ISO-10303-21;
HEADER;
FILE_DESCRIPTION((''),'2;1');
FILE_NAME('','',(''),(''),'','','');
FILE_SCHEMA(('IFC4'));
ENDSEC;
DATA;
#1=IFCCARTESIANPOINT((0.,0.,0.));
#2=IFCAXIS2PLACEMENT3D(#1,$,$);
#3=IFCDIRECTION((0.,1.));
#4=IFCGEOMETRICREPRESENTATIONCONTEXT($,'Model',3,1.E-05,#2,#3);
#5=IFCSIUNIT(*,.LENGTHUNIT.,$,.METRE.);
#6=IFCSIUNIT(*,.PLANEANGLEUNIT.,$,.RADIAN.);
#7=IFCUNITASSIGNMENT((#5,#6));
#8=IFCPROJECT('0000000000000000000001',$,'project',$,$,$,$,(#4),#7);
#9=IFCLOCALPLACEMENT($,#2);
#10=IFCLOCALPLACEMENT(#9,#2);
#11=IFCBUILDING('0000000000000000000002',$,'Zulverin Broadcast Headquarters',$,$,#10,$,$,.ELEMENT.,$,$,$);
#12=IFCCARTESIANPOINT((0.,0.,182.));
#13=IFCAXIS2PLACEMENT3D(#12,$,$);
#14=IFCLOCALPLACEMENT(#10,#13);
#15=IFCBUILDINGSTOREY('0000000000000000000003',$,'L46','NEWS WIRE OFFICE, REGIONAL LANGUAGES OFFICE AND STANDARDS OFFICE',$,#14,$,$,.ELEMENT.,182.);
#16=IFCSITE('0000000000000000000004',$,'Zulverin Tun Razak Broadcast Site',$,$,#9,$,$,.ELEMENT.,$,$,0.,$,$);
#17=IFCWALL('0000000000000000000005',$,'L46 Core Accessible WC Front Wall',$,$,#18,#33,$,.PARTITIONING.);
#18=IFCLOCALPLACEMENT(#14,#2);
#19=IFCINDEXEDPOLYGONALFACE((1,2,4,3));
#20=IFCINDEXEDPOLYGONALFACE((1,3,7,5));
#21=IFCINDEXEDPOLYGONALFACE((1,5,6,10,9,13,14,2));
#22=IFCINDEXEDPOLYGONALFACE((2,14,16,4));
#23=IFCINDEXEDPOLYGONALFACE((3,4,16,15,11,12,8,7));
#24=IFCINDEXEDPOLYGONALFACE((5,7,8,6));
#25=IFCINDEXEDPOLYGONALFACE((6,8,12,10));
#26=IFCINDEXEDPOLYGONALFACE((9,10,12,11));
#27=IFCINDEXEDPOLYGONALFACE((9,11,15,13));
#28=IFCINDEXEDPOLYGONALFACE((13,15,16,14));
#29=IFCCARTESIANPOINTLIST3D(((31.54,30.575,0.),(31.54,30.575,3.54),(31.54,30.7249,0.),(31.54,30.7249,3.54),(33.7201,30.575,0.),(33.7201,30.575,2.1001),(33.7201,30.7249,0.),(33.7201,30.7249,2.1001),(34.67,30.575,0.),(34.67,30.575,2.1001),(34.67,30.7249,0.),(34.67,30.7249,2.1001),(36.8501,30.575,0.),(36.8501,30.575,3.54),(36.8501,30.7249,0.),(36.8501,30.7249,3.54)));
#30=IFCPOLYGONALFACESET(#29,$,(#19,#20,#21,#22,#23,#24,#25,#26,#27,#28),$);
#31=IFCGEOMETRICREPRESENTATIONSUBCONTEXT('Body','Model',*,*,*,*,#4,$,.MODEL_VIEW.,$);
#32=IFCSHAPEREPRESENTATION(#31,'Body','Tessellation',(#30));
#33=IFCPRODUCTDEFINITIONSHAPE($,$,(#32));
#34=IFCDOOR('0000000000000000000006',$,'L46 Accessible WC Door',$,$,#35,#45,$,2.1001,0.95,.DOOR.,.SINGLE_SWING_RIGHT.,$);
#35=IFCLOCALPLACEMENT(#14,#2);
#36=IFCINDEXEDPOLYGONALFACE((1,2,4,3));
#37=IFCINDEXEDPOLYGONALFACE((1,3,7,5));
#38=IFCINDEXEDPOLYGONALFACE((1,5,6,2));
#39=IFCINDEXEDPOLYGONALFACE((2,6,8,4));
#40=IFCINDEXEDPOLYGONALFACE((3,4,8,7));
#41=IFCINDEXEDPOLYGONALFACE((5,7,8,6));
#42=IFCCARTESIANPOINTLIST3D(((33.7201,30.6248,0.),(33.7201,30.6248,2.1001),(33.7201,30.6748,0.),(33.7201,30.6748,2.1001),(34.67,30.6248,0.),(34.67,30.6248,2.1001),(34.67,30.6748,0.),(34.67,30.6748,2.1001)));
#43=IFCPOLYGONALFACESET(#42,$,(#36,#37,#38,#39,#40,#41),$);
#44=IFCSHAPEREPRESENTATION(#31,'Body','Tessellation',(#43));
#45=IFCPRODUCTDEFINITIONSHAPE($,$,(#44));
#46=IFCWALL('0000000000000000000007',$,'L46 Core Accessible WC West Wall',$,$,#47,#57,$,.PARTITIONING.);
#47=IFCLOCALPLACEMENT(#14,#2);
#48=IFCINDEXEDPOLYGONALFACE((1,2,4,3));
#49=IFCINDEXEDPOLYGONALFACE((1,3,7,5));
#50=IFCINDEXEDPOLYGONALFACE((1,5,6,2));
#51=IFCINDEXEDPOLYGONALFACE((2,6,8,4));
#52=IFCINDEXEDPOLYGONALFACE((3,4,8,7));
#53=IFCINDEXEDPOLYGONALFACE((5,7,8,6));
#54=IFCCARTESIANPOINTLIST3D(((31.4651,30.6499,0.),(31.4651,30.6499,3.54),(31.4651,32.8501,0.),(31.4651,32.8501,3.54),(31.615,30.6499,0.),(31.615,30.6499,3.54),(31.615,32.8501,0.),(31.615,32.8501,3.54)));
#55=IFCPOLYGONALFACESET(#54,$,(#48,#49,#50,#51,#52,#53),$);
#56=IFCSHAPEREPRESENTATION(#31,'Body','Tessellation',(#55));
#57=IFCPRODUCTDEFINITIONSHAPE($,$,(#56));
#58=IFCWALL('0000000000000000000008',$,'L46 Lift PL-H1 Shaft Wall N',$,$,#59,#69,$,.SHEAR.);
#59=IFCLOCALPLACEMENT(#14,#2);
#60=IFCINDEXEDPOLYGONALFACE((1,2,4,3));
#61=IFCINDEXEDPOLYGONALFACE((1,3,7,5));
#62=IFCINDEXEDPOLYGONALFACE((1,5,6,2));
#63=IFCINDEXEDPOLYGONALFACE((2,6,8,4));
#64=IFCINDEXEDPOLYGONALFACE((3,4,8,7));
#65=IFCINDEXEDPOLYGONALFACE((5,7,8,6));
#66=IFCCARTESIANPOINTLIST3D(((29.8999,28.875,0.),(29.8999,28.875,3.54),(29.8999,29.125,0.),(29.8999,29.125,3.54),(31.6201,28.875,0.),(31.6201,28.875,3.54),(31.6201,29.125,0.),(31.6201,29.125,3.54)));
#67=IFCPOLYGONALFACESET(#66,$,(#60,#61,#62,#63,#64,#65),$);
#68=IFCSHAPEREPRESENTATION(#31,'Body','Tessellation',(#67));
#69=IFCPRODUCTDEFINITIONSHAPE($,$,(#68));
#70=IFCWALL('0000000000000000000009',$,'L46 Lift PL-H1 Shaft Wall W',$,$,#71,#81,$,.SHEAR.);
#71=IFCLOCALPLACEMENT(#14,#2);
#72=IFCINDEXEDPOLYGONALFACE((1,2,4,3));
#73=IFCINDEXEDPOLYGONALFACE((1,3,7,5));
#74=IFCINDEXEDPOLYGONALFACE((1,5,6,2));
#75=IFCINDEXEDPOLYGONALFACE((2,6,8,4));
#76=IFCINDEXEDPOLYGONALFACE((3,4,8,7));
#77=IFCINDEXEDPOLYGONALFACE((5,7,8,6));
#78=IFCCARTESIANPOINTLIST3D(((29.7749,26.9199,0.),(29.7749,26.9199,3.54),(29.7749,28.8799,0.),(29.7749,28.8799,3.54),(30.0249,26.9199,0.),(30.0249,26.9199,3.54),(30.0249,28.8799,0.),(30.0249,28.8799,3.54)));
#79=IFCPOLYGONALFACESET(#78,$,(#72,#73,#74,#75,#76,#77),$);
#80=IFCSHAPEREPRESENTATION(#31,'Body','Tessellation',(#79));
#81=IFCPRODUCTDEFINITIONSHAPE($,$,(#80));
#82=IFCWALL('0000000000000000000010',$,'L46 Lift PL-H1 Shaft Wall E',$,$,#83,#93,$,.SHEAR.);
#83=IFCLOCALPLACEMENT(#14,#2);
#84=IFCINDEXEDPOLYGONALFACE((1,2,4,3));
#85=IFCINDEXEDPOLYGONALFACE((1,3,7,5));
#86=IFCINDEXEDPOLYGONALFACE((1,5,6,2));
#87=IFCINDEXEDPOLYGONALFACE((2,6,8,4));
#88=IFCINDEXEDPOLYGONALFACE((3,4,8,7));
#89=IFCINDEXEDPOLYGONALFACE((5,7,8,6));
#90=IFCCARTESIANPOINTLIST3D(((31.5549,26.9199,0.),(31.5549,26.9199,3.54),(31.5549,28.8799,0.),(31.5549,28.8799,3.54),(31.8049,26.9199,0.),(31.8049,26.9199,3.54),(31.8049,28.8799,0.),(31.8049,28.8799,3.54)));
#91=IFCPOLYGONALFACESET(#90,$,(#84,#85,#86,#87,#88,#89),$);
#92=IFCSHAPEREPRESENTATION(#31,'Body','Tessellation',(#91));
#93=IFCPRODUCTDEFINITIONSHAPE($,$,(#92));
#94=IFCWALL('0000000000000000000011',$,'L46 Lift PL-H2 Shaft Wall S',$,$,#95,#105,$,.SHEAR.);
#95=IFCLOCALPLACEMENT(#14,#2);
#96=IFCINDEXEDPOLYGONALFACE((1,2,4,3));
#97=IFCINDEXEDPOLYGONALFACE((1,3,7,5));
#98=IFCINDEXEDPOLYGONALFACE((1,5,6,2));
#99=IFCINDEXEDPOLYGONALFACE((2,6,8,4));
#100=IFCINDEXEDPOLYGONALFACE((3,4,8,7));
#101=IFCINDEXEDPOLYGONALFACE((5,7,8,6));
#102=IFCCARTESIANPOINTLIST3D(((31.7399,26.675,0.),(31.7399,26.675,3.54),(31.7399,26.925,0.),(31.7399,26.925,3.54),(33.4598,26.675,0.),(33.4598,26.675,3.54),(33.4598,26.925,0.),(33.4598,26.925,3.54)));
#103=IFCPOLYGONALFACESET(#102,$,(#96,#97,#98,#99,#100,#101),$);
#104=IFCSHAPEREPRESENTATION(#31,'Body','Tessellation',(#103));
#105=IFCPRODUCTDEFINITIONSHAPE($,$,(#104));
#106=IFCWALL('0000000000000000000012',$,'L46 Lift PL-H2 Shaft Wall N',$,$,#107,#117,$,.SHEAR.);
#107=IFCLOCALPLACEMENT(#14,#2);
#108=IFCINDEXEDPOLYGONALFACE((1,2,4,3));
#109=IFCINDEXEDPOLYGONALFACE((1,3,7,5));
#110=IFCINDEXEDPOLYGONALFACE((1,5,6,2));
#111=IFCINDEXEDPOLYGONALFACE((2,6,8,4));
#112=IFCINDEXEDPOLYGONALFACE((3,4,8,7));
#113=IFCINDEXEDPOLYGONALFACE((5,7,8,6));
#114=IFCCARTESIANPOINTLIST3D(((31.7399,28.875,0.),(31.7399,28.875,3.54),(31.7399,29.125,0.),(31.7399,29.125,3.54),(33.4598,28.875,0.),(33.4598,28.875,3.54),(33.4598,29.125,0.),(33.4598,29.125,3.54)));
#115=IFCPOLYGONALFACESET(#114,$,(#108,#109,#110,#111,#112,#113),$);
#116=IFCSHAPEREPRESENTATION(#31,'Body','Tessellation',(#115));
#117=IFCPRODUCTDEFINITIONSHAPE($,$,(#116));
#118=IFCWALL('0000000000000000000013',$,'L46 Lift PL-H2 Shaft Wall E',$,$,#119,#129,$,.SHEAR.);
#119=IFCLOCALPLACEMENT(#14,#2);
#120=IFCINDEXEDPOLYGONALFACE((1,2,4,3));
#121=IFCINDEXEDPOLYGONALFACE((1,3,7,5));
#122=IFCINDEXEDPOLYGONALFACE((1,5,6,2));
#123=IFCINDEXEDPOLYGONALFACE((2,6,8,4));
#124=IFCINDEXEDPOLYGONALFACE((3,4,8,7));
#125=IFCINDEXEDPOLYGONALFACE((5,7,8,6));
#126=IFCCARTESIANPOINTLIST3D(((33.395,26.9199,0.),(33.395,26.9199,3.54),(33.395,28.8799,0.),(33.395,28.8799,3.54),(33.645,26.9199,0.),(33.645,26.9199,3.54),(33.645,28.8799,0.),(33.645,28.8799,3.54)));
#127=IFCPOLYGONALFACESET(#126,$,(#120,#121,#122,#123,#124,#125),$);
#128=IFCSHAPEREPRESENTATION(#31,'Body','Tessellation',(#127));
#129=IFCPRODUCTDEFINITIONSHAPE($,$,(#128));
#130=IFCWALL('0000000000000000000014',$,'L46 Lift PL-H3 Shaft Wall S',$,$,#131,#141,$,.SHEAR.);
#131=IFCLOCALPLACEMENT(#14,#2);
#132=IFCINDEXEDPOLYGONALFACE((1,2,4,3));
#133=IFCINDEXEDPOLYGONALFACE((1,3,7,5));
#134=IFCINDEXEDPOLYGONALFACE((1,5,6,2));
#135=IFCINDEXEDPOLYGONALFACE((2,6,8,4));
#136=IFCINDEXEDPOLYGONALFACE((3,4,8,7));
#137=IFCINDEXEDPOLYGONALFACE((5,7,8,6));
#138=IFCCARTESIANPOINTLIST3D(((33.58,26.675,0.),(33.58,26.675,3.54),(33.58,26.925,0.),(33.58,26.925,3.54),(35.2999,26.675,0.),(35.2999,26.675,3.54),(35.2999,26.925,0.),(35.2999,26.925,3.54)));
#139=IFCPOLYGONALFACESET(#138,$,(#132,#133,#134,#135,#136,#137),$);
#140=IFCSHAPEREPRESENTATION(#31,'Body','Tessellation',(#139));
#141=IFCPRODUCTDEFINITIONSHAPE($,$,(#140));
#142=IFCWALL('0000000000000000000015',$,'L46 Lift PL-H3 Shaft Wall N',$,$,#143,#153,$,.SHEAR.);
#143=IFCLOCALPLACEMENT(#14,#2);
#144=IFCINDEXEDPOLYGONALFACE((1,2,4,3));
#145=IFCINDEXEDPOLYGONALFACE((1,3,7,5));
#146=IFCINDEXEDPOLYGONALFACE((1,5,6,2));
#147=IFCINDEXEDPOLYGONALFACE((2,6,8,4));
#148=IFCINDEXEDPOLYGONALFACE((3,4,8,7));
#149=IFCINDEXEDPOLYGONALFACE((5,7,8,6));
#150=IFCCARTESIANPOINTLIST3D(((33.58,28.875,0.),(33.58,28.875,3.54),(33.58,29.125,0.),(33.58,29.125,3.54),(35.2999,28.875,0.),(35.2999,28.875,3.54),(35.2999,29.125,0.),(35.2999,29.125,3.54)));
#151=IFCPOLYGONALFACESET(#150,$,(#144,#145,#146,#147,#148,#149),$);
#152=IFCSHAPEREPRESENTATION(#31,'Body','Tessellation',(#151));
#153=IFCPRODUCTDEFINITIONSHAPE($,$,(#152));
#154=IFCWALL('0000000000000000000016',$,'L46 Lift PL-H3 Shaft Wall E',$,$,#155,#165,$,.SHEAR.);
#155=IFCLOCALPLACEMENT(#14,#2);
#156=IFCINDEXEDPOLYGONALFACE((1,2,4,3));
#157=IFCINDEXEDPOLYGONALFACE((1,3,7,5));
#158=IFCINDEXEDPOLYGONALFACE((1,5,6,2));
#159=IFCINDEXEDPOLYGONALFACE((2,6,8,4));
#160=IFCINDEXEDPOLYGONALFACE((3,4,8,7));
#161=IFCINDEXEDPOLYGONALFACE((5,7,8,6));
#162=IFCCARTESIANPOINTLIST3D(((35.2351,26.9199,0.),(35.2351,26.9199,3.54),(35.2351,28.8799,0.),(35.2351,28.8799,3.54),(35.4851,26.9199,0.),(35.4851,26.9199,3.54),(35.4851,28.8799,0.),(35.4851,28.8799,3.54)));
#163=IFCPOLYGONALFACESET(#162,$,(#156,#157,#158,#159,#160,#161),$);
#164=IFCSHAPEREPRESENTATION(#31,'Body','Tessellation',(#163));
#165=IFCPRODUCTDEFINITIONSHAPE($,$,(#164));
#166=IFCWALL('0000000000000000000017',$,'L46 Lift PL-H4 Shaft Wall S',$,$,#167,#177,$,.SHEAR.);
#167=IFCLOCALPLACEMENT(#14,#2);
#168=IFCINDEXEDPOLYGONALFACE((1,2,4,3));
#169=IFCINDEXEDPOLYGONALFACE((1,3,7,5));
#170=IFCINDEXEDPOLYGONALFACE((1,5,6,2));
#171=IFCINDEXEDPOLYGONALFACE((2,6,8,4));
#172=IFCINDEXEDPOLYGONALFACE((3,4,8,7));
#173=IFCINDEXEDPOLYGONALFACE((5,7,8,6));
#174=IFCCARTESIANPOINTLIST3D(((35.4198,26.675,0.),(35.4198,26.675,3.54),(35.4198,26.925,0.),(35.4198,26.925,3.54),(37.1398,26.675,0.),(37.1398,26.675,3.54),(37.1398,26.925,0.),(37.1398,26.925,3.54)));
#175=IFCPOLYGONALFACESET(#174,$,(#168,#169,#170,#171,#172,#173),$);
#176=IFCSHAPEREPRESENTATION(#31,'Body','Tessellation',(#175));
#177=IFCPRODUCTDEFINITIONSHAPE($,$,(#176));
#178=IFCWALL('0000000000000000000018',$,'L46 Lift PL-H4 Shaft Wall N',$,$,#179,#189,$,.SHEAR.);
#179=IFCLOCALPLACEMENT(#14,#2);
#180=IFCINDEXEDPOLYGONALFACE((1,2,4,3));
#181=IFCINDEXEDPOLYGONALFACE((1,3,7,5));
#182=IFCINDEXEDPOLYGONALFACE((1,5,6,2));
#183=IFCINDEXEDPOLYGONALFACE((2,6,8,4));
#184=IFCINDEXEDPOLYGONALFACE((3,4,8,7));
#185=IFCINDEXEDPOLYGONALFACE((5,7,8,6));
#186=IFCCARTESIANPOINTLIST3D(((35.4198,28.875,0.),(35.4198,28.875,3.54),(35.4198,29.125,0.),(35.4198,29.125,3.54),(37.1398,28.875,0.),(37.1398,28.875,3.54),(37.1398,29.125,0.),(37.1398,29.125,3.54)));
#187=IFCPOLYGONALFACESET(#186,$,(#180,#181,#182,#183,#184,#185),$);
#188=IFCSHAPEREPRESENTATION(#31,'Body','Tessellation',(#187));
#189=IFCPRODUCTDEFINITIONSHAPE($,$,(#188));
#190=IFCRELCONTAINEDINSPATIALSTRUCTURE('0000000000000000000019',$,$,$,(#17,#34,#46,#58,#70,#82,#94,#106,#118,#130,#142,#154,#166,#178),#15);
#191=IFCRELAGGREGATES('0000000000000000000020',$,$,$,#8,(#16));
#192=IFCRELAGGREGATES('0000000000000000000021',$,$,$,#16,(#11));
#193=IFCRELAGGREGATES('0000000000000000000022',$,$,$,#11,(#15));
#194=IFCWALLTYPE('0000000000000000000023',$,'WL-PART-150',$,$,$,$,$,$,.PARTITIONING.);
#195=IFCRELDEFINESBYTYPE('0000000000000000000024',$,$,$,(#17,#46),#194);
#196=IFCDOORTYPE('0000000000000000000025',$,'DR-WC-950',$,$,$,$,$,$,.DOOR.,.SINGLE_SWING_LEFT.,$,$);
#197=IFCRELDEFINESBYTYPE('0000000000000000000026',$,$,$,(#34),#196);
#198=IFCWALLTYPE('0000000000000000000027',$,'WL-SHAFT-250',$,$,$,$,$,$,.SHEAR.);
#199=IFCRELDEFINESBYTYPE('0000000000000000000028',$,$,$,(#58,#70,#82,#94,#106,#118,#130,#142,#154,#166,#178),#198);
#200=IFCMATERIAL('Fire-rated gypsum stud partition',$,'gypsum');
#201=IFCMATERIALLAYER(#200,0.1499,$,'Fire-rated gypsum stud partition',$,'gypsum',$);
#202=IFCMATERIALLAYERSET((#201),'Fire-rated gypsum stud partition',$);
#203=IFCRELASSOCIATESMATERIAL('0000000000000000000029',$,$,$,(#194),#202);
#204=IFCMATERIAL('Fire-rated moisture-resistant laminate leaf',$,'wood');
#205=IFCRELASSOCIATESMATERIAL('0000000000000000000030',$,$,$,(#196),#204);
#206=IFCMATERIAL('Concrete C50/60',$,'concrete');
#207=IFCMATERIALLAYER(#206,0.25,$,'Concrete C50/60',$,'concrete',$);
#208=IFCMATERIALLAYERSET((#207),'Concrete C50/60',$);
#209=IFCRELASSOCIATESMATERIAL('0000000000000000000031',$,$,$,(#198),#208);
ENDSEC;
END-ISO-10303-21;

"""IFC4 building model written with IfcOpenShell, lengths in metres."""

from ifc_helpers import new_model, si_unit, direction, frame, frame_2d, origin, place, context, subcontext, project, spatial, rectangle, extrude, material, layer, layer_set, type_object, element, fill, save


model = new_model("IFC4")

# Units and contexts
model_context = context("Model", 3, precision=1e-05, world=origin(), true_north=direction((0.0, 1.0)))
body_context = subcontext(model_context, "Body", "Model", "MODEL_VIEW")
ifc_project = project(units=[si_unit("LENGTHUNIT", "METRE"), si_unit("PLANEANGLEUNIT", "RADIAN")], contexts=[model_context])

# Site, building, storey
site_placement = place(None, origin())
site = spatial("IfcSite", under=ifc_project, at=site_placement, Name="Zulverin Tun Razak Broadcast Site", CompositionType="ELEMENT", RefElevation=0.0)
building_placement = place(site_placement, origin())
building = spatial("IfcBuilding", under=site, at=building_placement, Name="Zulverin Broadcast Headquarters", CompositionType="ELEMENT")
storey_placement = place(building_placement, frame((0.0, 0.0, 182.0)))
storey = spatial("IfcBuildingStorey", under=building, at=storey_placement, Name="L46", Description="NEWS WIRE OFFICE, REGIONAL LANGUAGES OFFICE AND STANDARDS OFFICE", CompositionType="ELEMENT", Elevation=182.0)

# Wall, opening, door
ifc_material_1 = material(Name="Fire-rated gypsum stud partition", Category="gypsum")
ifc_layer_1 = layer(ifc_material_1, 0.1499, Name="Fire-rated gypsum stud partition", Category="gypsum")
ifc_layer_set_1 = layer_set([ifc_layer_1], Name="Fire-rated gypsum stud partition")
wall_type_1 = type_object("IfcWallType", Name="WL-PART-150", PredefinedType="PARTITIONING", material=ifc_layer_set_1)
wall_1_placement = place(storey_placement, frame((31.54, 30.6499, 0.0), z_axis=(0.0, 0.0, 1.0), x_axis=(1.0, 0.0, 0.0)))
wall_1 = element("IfcWall", 1, at=wall_1_placement, inside=storey, type_object=wall_type_1, Name="L46 Core Accessible WC Front Wall", PredefinedType="PARTITIONING", context=body_context, shape_type="SweptSolid", body=[
    extrude(rectangle(XDim=5.3101, YDim=0.1499, at=frame_2d((2.655, 0.0))), origin(), (0.0, 0.0, 1.0), 3.54),
])
opening_1_placement = place(wall_1_placement, frame((2.1799, 0.0, 0.0)))
opening_1 = element("IfcOpeningElement", 2, at=opening_1_placement, cuts=wall_1, PredefinedType="OPENING", context=body_context, shape_type="SweptSolid", body=[
    extrude(rectangle(XDim=0.95, YDim=2.1001, at=frame_2d((0.4751, 1.05))), frame((0.0, 0.085, 0.0), z_axis=(0.0, -1.0, 0.0), x_axis=(1.0, 0.0, 0.0)), (0.0, 0.0, 1.0), 0.1699),
])
ifc_material_2 = material(Name="Fire-rated moisture-resistant laminate leaf", Category="wood")
door_type_1 = type_object("IfcDoorType", Name="DR-WC-950", OperationType="SINGLE_SWING_LEFT", PredefinedType="DOOR", material=ifc_material_2)
door_1_placement = place(opening_1_placement, origin())
door_1 = element("IfcDoor", 3, at=door_1_placement, inside=storey, type_object=door_type_1, Name="L46 Accessible WC Door", OperationType="SINGLE_SWING_RIGHT", OverallHeight=2.1001, OverallWidth=0.95, PredefinedType="DOOR", context=body_context, shape_type="SweptSolid", body=[
    extrude(rectangle(XDim=0.95, YDim=2.1001, at=frame_2d((0.4751, 1.05))), frame((0.0, 0.0249, 0.0), z_axis=(0.0, -1.0, 0.0), x_axis=(1.0, 0.0, 0.0)), (0.0, 0.0, 1.0), 0.05),
])
fill(opening_1, door_1)

# Wall
wall_2_placement = place(storey_placement, frame((31.54, 30.6499, 0.0), z_axis=(0.0, 0.0, 1.0), x_axis=(0.0, 1.0, 0.0)))
element("IfcWall", 4, at=wall_2_placement, inside=storey, type_object=wall_type_1, Name="L46 Core Accessible WC West Wall", PredefinedType="PARTITIONING", context=body_context, shape_type="SweptSolid", body=[
    extrude(rectangle(XDim=2.2002, YDim=0.1499, at=frame_2d((1.1001, 0.0))), origin(), (0.0, 0.0, 1.0), 3.54),
])

# Shared definitions
ifc_material_3 = material(Name="Concrete C50/60", Category="concrete")
ifc_layer_2 = layer(ifc_material_3, 0.25, Name="Concrete C50/60", Category="concrete")
ifc_layer_set_2 = layer_set([ifc_layer_2], Name="Concrete C50/60")
wall_type_2 = type_object("IfcWallType", Name="WL-SHAFT-250", PredefinedType="SHEAR", material=ifc_layer_set_2)

# Walls
wall_3_placement = place(storey_placement, frame((29.8999, 29.0, 0.0), z_axis=(0.0, 0.0, 1.0), x_axis=(1.0, 0.0, 0.0)))
element("IfcWall", 5, at=wall_3_placement, inside=storey, type_object=wall_type_2, Name="L46 Lift PL-H1 Shaft Wall N", PredefinedType="SHEAR", context=body_context, shape_type="SweptSolid", body=[
    extrude(rectangle(XDim=1.7202, YDim=0.25, at=frame_2d((0.8601, 0.0))), origin(), (0.0, 0.0, 1.0), 3.54),
])
for number, where, z_axis, x_axis, name in (
    (6, (29.8999, 26.9199, 0.0), (0.0, 0.0, 1.0), (0.0, 1.0, 0.0), "L46 Lift PL-H1 Shaft Wall W"),
    (7, (31.6799, 26.9199, 0.0), (0.0, 0.0, 1.0), (0.0, 1.0, 0.0), "L46 Lift PL-H1 Shaft Wall E"),
):
    element("IfcWall", number, at=place(storey_placement, frame(where, z_axis=z_axis, x_axis=x_axis)), inside=storey, type_object=wall_type_2, Name=name, PredefinedType="SHEAR", context=body_context, shape_type="SweptSolid", body=[
        extrude(rectangle(XDim=1.96, YDim=0.25, at=frame_2d((0.98, 0.0))), origin(), (0.0, 0.0, 1.0), 3.54),
    ])
for number, where, z_axis, x_axis, name in (
    (8, (31.74, 26.8, 0.0), (0.0, 0.0, 1.0), (1.0, 0.0, 0.0), "L46 Lift PL-H2 Shaft Wall S"),
    (9, (31.74, 29.0, 0.0), (0.0, 0.0, 1.0), (1.0, 0.0, 0.0), "L46 Lift PL-H2 Shaft Wall N"),
):
    element("IfcWall", number, at=place(storey_placement, frame(where, z_axis=z_axis, x_axis=x_axis)), inside=storey, type_object=wall_type_2, Name=name, PredefinedType="SHEAR", context=body_context, shape_type="SweptSolid", body=[
        extrude(rectangle(XDim=1.72, YDim=0.25, at=frame_2d((0.8599, 0.0))), origin(), (0.0, 0.0, 1.0), 3.54),
    ])
wall_4_placement = place(storey_placement, frame((33.52, 26.9199, 0.0), z_axis=(0.0, 0.0, 1.0), x_axis=(0.0, 1.0, 0.0)))
element("IfcWall", 10, at=wall_4_placement, inside=storey, type_object=wall_type_2, Name="L46 Lift PL-H2 Shaft Wall E", PredefinedType="SHEAR", context=body_context, shape_type="SweptSolid", body=[
    extrude(rectangle(XDim=1.96, YDim=0.25, at=frame_2d((0.98, 0.0))), origin(), (0.0, 0.0, 1.0), 3.54),
])
for number, where, z_axis, x_axis, name in (
    (11, (33.5801, 26.8, 0.0), (0.0, 0.0, 1.0), (1.0, 0.0, 0.0), "L46 Lift PL-H3 Shaft Wall S"),
    (12, (33.5801, 29.0, 0.0), (0.0, 0.0, 1.0), (1.0, 0.0, 0.0), "L46 Lift PL-H3 Shaft Wall N"),
):
    element("IfcWall", number, at=place(storey_placement, frame(where, z_axis=z_axis, x_axis=x_axis)), inside=storey, type_object=wall_type_2, Name=name, PredefinedType="SHEAR", context=body_context, shape_type="SweptSolid", body=[
        extrude(rectangle(XDim=1.72, YDim=0.25, at=frame_2d((0.8599, 0.0))), origin(), (0.0, 0.0, 1.0), 3.54),
    ])
wall_5_placement = place(storey_placement, frame((35.3601, 26.9199, 0.0), z_axis=(0.0, 0.0, 1.0), x_axis=(0.0, 1.0, 0.0)))
element("IfcWall", 13, at=wall_5_placement, inside=storey, type_object=wall_type_2, Name="L46 Lift PL-H3 Shaft Wall E", PredefinedType="SHEAR", context=body_context, shape_type="SweptSolid", body=[
    extrude(rectangle(XDim=1.96, YDim=0.25, at=frame_2d((0.98, 0.0))), origin(), (0.0, 0.0, 1.0), 3.54),
])
for number, where, z_axis, x_axis, name in (
    (14, (35.4199, 26.8, 0.0), (0.0, 0.0, 1.0), (1.0, 0.0, 0.0), "L46 Lift PL-H4 Shaft Wall S"),
    (15, (35.4199, 29.0, 0.0), (0.0, 0.0, 1.0), (1.0, 0.0, 0.0), "L46 Lift PL-H4 Shaft Wall N"),
):
    element("IfcWall", number, at=place(storey_placement, frame(where, z_axis=z_axis, x_axis=x_axis)), inside=storey, type_object=wall_type_2, Name=name, PredefinedType="SHEAR", context=body_context, shape_type="SweptSolid", body=[
        extrude(rectangle(XDim=1.72, YDim=0.25, at=frame_2d((0.8599, 0.0))), origin(), (0.0, 0.0, 1.0), 3.54),
    ])

save(model, "model.ifc")
